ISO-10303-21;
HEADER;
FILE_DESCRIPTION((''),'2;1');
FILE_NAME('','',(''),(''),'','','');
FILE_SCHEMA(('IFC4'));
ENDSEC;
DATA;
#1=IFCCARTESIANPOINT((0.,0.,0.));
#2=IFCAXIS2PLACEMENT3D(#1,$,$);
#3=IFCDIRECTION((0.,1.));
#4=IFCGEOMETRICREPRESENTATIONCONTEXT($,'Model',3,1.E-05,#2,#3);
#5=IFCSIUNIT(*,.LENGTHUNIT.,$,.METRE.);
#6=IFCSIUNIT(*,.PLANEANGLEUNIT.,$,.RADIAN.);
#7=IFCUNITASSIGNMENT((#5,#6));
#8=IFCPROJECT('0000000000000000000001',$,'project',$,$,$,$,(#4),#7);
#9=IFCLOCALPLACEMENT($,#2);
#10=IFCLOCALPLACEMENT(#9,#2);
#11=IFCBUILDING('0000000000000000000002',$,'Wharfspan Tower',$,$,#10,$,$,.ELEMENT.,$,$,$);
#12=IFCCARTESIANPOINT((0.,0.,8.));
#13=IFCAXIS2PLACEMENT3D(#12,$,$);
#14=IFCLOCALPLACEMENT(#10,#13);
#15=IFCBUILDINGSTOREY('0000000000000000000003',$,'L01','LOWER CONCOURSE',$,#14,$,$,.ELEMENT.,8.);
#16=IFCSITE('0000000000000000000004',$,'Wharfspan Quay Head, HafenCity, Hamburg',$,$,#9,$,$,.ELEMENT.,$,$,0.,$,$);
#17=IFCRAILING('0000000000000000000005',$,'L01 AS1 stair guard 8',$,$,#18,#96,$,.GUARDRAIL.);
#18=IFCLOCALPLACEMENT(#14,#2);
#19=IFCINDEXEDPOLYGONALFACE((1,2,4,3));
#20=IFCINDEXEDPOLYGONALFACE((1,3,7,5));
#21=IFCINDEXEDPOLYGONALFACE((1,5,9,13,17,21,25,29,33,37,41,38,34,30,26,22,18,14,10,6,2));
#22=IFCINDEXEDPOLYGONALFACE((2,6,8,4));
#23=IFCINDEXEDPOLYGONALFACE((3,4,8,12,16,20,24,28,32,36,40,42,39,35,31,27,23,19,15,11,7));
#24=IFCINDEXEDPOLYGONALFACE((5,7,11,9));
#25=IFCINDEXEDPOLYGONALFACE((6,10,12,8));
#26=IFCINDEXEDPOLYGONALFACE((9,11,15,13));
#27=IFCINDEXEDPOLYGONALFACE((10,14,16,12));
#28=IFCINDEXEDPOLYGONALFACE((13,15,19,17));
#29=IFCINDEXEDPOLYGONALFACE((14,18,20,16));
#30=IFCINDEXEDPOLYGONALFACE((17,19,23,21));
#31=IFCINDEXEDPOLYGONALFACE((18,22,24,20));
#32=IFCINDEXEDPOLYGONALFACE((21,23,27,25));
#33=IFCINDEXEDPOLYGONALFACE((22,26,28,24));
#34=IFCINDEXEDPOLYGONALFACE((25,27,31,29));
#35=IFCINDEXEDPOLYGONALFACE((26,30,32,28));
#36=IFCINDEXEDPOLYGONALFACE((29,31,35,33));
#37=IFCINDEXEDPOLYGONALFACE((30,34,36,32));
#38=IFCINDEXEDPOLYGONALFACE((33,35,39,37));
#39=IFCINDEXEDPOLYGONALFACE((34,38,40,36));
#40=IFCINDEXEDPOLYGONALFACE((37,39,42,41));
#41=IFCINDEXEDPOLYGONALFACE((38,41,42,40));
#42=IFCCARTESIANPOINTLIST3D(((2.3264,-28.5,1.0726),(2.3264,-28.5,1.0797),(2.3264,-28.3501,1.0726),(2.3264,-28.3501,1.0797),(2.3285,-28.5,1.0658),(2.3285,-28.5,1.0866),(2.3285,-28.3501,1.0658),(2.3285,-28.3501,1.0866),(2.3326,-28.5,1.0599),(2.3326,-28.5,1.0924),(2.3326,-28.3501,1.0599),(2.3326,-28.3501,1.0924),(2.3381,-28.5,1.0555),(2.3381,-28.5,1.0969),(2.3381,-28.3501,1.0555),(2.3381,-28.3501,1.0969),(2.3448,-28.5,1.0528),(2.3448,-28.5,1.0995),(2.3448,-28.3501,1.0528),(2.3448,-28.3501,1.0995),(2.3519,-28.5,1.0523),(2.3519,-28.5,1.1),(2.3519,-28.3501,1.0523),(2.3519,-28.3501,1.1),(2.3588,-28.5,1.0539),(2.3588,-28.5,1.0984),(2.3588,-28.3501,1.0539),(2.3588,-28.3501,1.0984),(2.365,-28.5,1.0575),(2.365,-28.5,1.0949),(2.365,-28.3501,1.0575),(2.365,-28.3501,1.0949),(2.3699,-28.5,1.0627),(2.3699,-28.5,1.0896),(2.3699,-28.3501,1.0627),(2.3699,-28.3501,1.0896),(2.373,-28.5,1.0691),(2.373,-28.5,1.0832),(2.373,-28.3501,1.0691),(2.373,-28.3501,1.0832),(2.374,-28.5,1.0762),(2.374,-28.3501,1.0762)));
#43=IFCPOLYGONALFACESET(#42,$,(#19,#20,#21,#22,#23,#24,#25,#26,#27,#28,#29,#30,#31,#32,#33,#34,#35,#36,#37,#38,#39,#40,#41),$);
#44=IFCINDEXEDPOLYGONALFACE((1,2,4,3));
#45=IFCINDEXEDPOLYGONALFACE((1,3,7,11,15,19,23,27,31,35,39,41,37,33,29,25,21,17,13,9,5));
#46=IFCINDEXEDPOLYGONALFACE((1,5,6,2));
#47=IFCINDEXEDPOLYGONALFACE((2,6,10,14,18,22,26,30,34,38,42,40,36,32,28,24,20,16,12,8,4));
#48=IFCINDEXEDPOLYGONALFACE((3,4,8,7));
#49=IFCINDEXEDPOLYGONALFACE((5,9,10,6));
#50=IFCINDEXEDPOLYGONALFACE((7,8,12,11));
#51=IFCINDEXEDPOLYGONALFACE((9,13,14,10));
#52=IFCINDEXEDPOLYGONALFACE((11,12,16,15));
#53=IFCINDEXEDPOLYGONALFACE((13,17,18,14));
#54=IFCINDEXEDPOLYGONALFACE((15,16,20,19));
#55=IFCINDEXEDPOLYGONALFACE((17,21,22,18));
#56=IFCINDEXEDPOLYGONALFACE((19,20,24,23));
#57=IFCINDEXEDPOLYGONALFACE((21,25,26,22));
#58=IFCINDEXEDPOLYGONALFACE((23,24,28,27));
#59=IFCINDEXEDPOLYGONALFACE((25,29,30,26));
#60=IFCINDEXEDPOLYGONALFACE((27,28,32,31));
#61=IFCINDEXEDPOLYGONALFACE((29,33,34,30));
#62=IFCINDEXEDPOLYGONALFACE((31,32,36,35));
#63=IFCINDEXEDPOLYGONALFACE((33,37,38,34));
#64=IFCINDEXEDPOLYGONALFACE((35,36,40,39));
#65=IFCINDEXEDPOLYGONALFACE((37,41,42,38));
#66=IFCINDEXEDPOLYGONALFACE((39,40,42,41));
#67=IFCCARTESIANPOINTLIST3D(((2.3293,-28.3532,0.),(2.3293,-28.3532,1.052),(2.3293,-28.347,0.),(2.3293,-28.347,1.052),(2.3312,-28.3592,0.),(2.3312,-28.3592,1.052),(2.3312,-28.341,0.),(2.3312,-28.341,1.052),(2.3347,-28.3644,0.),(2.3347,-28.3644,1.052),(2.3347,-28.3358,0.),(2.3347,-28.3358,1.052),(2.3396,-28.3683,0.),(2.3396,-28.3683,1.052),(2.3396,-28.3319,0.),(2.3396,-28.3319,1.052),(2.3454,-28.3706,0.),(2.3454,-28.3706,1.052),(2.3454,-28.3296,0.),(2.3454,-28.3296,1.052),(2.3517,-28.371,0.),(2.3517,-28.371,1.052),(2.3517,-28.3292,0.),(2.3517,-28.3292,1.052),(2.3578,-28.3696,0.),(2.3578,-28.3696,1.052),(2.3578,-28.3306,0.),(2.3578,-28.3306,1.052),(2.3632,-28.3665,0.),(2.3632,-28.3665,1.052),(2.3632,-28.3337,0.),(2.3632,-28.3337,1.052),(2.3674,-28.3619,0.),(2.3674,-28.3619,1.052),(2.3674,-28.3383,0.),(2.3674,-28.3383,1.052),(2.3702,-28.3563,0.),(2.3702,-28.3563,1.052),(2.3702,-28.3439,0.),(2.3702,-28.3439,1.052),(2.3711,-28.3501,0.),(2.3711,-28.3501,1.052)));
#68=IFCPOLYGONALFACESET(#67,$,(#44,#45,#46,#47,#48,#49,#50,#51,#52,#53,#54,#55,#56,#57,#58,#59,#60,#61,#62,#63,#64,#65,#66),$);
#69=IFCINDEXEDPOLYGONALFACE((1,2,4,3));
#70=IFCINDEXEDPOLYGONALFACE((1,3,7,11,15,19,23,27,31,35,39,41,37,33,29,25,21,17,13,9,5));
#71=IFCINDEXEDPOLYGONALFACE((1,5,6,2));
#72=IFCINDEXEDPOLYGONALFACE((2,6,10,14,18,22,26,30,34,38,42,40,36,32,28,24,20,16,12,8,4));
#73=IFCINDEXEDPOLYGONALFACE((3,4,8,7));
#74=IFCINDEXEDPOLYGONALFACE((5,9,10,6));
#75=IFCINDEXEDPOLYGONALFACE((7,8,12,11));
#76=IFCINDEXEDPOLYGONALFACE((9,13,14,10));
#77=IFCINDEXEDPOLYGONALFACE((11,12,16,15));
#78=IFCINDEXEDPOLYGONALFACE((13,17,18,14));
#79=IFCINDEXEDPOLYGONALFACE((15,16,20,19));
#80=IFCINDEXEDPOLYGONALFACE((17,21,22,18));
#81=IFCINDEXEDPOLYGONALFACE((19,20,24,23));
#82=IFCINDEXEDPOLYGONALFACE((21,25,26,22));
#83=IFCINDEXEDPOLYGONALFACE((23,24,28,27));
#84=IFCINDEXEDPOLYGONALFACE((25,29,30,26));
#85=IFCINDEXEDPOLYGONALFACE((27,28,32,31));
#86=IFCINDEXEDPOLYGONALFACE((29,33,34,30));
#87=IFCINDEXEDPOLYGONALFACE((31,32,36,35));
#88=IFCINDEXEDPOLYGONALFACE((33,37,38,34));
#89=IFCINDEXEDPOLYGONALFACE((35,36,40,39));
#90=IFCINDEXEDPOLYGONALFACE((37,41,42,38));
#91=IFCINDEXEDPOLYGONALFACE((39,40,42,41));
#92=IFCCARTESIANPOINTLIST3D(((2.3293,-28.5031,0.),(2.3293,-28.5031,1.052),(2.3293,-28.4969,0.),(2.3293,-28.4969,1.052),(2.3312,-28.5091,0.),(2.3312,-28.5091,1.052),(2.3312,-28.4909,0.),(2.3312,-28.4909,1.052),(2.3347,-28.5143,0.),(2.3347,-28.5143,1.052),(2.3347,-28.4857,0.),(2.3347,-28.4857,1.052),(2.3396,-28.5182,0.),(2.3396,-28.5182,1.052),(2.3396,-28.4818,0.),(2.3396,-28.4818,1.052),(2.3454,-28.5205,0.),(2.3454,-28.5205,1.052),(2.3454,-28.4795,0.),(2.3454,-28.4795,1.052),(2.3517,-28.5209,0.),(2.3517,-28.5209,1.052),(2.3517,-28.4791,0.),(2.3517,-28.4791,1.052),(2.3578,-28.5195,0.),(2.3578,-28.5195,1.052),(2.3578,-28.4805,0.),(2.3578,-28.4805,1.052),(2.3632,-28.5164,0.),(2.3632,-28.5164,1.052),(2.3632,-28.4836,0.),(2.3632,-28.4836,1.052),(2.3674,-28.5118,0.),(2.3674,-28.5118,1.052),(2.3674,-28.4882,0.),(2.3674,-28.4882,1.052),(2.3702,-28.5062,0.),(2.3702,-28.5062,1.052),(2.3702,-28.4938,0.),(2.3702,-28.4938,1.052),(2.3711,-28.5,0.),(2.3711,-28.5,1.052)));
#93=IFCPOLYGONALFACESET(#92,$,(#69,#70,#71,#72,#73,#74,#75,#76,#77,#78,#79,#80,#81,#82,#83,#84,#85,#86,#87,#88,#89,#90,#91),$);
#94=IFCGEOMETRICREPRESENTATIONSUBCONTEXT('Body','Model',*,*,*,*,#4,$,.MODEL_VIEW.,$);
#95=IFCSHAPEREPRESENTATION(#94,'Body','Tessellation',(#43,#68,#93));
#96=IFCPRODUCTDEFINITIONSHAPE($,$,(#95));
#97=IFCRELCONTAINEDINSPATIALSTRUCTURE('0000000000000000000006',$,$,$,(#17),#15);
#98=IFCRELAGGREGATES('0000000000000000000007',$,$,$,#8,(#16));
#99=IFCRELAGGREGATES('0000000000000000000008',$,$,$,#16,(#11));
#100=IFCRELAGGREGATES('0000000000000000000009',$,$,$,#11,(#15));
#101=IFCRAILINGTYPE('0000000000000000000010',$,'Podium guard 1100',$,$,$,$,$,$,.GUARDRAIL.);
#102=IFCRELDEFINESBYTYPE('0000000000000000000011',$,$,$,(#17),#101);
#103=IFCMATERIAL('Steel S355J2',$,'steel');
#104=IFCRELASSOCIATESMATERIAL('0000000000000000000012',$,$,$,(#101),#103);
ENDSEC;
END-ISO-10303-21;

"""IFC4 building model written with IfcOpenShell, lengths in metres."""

from ifc_helpers import new_model, si_unit, direction, frame, origin, origin_2d, place, context, subcontext, project, spatial, circle, extrude, material, type_object, element, save


model = new_model("IFC4")

# Units and contexts
model_context = context("Model", 3, precision=1e-05, world=origin(), true_north=direction((0.0, 1.0)))
body_context = subcontext(model_context, "Body", "Model", "MODEL_VIEW")
ifc_project = project(units=[si_unit("LENGTHUNIT", "METRE"), si_unit("PLANEANGLEUNIT", "RADIAN")], contexts=[model_context])

# Site, building, storey
site_placement = place(None, origin())
site = spatial("IfcSite", under=ifc_project, at=site_placement, Name="Wharfspan Quay Head, HafenCity, Hamburg", CompositionType="ELEMENT", RefElevation=0.0)
building_placement = place(site_placement, origin())
building = spatial("IfcBuilding", under=site, at=building_placement, Name="Wharfspan Tower", CompositionType="ELEMENT")
storey_placement = place(building_placement, frame((0.0, 0.0, 8.0)))
storey = spatial("IfcBuildingStorey", under=building, at=storey_placement, Name="L01", Description="LOWER CONCOURSE", CompositionType="ELEMENT", Elevation=8.0)

# Railing
ifc_material_1 = material(Name="Steel S355J2", Category="steel")
railing_type_1 = type_object("IfcRailingType", Name="Podium guard 1100", PredefinedType="GUARDRAIL", material=ifc_material_1)
railing_1_placement = place(storey_placement, frame((2.3501, -28.3501, 0.0)))
element("IfcRailing", 1, at=railing_1_placement, inside=storey, type_object=railing_type_1, Name="L01 AS1 stair guard 8", PredefinedType="GUARDRAIL", context=body_context, shape_type="SweptSolid", body=[
    extrude(circle(Radius=0.0239, at=origin_2d()), frame((0.0, 0.0, 1.0762), z_axis=(0.0, -1.0, 0.0), x_axis=(1.0, 0.0, 0.0)), (0.0, 0.0, 1.0), 0.1499),
    extrude(circle(Radius=0.021, at=origin_2d()), origin(), (0.0, 0.0, 1.0), 1.052),
    extrude(circle(Radius=0.021, at=origin_2d()), frame((0.0, -0.1499, 0.0)), (0.0, 0.0, 1.0), 1.052),
])

save(model, "model.ifc")
